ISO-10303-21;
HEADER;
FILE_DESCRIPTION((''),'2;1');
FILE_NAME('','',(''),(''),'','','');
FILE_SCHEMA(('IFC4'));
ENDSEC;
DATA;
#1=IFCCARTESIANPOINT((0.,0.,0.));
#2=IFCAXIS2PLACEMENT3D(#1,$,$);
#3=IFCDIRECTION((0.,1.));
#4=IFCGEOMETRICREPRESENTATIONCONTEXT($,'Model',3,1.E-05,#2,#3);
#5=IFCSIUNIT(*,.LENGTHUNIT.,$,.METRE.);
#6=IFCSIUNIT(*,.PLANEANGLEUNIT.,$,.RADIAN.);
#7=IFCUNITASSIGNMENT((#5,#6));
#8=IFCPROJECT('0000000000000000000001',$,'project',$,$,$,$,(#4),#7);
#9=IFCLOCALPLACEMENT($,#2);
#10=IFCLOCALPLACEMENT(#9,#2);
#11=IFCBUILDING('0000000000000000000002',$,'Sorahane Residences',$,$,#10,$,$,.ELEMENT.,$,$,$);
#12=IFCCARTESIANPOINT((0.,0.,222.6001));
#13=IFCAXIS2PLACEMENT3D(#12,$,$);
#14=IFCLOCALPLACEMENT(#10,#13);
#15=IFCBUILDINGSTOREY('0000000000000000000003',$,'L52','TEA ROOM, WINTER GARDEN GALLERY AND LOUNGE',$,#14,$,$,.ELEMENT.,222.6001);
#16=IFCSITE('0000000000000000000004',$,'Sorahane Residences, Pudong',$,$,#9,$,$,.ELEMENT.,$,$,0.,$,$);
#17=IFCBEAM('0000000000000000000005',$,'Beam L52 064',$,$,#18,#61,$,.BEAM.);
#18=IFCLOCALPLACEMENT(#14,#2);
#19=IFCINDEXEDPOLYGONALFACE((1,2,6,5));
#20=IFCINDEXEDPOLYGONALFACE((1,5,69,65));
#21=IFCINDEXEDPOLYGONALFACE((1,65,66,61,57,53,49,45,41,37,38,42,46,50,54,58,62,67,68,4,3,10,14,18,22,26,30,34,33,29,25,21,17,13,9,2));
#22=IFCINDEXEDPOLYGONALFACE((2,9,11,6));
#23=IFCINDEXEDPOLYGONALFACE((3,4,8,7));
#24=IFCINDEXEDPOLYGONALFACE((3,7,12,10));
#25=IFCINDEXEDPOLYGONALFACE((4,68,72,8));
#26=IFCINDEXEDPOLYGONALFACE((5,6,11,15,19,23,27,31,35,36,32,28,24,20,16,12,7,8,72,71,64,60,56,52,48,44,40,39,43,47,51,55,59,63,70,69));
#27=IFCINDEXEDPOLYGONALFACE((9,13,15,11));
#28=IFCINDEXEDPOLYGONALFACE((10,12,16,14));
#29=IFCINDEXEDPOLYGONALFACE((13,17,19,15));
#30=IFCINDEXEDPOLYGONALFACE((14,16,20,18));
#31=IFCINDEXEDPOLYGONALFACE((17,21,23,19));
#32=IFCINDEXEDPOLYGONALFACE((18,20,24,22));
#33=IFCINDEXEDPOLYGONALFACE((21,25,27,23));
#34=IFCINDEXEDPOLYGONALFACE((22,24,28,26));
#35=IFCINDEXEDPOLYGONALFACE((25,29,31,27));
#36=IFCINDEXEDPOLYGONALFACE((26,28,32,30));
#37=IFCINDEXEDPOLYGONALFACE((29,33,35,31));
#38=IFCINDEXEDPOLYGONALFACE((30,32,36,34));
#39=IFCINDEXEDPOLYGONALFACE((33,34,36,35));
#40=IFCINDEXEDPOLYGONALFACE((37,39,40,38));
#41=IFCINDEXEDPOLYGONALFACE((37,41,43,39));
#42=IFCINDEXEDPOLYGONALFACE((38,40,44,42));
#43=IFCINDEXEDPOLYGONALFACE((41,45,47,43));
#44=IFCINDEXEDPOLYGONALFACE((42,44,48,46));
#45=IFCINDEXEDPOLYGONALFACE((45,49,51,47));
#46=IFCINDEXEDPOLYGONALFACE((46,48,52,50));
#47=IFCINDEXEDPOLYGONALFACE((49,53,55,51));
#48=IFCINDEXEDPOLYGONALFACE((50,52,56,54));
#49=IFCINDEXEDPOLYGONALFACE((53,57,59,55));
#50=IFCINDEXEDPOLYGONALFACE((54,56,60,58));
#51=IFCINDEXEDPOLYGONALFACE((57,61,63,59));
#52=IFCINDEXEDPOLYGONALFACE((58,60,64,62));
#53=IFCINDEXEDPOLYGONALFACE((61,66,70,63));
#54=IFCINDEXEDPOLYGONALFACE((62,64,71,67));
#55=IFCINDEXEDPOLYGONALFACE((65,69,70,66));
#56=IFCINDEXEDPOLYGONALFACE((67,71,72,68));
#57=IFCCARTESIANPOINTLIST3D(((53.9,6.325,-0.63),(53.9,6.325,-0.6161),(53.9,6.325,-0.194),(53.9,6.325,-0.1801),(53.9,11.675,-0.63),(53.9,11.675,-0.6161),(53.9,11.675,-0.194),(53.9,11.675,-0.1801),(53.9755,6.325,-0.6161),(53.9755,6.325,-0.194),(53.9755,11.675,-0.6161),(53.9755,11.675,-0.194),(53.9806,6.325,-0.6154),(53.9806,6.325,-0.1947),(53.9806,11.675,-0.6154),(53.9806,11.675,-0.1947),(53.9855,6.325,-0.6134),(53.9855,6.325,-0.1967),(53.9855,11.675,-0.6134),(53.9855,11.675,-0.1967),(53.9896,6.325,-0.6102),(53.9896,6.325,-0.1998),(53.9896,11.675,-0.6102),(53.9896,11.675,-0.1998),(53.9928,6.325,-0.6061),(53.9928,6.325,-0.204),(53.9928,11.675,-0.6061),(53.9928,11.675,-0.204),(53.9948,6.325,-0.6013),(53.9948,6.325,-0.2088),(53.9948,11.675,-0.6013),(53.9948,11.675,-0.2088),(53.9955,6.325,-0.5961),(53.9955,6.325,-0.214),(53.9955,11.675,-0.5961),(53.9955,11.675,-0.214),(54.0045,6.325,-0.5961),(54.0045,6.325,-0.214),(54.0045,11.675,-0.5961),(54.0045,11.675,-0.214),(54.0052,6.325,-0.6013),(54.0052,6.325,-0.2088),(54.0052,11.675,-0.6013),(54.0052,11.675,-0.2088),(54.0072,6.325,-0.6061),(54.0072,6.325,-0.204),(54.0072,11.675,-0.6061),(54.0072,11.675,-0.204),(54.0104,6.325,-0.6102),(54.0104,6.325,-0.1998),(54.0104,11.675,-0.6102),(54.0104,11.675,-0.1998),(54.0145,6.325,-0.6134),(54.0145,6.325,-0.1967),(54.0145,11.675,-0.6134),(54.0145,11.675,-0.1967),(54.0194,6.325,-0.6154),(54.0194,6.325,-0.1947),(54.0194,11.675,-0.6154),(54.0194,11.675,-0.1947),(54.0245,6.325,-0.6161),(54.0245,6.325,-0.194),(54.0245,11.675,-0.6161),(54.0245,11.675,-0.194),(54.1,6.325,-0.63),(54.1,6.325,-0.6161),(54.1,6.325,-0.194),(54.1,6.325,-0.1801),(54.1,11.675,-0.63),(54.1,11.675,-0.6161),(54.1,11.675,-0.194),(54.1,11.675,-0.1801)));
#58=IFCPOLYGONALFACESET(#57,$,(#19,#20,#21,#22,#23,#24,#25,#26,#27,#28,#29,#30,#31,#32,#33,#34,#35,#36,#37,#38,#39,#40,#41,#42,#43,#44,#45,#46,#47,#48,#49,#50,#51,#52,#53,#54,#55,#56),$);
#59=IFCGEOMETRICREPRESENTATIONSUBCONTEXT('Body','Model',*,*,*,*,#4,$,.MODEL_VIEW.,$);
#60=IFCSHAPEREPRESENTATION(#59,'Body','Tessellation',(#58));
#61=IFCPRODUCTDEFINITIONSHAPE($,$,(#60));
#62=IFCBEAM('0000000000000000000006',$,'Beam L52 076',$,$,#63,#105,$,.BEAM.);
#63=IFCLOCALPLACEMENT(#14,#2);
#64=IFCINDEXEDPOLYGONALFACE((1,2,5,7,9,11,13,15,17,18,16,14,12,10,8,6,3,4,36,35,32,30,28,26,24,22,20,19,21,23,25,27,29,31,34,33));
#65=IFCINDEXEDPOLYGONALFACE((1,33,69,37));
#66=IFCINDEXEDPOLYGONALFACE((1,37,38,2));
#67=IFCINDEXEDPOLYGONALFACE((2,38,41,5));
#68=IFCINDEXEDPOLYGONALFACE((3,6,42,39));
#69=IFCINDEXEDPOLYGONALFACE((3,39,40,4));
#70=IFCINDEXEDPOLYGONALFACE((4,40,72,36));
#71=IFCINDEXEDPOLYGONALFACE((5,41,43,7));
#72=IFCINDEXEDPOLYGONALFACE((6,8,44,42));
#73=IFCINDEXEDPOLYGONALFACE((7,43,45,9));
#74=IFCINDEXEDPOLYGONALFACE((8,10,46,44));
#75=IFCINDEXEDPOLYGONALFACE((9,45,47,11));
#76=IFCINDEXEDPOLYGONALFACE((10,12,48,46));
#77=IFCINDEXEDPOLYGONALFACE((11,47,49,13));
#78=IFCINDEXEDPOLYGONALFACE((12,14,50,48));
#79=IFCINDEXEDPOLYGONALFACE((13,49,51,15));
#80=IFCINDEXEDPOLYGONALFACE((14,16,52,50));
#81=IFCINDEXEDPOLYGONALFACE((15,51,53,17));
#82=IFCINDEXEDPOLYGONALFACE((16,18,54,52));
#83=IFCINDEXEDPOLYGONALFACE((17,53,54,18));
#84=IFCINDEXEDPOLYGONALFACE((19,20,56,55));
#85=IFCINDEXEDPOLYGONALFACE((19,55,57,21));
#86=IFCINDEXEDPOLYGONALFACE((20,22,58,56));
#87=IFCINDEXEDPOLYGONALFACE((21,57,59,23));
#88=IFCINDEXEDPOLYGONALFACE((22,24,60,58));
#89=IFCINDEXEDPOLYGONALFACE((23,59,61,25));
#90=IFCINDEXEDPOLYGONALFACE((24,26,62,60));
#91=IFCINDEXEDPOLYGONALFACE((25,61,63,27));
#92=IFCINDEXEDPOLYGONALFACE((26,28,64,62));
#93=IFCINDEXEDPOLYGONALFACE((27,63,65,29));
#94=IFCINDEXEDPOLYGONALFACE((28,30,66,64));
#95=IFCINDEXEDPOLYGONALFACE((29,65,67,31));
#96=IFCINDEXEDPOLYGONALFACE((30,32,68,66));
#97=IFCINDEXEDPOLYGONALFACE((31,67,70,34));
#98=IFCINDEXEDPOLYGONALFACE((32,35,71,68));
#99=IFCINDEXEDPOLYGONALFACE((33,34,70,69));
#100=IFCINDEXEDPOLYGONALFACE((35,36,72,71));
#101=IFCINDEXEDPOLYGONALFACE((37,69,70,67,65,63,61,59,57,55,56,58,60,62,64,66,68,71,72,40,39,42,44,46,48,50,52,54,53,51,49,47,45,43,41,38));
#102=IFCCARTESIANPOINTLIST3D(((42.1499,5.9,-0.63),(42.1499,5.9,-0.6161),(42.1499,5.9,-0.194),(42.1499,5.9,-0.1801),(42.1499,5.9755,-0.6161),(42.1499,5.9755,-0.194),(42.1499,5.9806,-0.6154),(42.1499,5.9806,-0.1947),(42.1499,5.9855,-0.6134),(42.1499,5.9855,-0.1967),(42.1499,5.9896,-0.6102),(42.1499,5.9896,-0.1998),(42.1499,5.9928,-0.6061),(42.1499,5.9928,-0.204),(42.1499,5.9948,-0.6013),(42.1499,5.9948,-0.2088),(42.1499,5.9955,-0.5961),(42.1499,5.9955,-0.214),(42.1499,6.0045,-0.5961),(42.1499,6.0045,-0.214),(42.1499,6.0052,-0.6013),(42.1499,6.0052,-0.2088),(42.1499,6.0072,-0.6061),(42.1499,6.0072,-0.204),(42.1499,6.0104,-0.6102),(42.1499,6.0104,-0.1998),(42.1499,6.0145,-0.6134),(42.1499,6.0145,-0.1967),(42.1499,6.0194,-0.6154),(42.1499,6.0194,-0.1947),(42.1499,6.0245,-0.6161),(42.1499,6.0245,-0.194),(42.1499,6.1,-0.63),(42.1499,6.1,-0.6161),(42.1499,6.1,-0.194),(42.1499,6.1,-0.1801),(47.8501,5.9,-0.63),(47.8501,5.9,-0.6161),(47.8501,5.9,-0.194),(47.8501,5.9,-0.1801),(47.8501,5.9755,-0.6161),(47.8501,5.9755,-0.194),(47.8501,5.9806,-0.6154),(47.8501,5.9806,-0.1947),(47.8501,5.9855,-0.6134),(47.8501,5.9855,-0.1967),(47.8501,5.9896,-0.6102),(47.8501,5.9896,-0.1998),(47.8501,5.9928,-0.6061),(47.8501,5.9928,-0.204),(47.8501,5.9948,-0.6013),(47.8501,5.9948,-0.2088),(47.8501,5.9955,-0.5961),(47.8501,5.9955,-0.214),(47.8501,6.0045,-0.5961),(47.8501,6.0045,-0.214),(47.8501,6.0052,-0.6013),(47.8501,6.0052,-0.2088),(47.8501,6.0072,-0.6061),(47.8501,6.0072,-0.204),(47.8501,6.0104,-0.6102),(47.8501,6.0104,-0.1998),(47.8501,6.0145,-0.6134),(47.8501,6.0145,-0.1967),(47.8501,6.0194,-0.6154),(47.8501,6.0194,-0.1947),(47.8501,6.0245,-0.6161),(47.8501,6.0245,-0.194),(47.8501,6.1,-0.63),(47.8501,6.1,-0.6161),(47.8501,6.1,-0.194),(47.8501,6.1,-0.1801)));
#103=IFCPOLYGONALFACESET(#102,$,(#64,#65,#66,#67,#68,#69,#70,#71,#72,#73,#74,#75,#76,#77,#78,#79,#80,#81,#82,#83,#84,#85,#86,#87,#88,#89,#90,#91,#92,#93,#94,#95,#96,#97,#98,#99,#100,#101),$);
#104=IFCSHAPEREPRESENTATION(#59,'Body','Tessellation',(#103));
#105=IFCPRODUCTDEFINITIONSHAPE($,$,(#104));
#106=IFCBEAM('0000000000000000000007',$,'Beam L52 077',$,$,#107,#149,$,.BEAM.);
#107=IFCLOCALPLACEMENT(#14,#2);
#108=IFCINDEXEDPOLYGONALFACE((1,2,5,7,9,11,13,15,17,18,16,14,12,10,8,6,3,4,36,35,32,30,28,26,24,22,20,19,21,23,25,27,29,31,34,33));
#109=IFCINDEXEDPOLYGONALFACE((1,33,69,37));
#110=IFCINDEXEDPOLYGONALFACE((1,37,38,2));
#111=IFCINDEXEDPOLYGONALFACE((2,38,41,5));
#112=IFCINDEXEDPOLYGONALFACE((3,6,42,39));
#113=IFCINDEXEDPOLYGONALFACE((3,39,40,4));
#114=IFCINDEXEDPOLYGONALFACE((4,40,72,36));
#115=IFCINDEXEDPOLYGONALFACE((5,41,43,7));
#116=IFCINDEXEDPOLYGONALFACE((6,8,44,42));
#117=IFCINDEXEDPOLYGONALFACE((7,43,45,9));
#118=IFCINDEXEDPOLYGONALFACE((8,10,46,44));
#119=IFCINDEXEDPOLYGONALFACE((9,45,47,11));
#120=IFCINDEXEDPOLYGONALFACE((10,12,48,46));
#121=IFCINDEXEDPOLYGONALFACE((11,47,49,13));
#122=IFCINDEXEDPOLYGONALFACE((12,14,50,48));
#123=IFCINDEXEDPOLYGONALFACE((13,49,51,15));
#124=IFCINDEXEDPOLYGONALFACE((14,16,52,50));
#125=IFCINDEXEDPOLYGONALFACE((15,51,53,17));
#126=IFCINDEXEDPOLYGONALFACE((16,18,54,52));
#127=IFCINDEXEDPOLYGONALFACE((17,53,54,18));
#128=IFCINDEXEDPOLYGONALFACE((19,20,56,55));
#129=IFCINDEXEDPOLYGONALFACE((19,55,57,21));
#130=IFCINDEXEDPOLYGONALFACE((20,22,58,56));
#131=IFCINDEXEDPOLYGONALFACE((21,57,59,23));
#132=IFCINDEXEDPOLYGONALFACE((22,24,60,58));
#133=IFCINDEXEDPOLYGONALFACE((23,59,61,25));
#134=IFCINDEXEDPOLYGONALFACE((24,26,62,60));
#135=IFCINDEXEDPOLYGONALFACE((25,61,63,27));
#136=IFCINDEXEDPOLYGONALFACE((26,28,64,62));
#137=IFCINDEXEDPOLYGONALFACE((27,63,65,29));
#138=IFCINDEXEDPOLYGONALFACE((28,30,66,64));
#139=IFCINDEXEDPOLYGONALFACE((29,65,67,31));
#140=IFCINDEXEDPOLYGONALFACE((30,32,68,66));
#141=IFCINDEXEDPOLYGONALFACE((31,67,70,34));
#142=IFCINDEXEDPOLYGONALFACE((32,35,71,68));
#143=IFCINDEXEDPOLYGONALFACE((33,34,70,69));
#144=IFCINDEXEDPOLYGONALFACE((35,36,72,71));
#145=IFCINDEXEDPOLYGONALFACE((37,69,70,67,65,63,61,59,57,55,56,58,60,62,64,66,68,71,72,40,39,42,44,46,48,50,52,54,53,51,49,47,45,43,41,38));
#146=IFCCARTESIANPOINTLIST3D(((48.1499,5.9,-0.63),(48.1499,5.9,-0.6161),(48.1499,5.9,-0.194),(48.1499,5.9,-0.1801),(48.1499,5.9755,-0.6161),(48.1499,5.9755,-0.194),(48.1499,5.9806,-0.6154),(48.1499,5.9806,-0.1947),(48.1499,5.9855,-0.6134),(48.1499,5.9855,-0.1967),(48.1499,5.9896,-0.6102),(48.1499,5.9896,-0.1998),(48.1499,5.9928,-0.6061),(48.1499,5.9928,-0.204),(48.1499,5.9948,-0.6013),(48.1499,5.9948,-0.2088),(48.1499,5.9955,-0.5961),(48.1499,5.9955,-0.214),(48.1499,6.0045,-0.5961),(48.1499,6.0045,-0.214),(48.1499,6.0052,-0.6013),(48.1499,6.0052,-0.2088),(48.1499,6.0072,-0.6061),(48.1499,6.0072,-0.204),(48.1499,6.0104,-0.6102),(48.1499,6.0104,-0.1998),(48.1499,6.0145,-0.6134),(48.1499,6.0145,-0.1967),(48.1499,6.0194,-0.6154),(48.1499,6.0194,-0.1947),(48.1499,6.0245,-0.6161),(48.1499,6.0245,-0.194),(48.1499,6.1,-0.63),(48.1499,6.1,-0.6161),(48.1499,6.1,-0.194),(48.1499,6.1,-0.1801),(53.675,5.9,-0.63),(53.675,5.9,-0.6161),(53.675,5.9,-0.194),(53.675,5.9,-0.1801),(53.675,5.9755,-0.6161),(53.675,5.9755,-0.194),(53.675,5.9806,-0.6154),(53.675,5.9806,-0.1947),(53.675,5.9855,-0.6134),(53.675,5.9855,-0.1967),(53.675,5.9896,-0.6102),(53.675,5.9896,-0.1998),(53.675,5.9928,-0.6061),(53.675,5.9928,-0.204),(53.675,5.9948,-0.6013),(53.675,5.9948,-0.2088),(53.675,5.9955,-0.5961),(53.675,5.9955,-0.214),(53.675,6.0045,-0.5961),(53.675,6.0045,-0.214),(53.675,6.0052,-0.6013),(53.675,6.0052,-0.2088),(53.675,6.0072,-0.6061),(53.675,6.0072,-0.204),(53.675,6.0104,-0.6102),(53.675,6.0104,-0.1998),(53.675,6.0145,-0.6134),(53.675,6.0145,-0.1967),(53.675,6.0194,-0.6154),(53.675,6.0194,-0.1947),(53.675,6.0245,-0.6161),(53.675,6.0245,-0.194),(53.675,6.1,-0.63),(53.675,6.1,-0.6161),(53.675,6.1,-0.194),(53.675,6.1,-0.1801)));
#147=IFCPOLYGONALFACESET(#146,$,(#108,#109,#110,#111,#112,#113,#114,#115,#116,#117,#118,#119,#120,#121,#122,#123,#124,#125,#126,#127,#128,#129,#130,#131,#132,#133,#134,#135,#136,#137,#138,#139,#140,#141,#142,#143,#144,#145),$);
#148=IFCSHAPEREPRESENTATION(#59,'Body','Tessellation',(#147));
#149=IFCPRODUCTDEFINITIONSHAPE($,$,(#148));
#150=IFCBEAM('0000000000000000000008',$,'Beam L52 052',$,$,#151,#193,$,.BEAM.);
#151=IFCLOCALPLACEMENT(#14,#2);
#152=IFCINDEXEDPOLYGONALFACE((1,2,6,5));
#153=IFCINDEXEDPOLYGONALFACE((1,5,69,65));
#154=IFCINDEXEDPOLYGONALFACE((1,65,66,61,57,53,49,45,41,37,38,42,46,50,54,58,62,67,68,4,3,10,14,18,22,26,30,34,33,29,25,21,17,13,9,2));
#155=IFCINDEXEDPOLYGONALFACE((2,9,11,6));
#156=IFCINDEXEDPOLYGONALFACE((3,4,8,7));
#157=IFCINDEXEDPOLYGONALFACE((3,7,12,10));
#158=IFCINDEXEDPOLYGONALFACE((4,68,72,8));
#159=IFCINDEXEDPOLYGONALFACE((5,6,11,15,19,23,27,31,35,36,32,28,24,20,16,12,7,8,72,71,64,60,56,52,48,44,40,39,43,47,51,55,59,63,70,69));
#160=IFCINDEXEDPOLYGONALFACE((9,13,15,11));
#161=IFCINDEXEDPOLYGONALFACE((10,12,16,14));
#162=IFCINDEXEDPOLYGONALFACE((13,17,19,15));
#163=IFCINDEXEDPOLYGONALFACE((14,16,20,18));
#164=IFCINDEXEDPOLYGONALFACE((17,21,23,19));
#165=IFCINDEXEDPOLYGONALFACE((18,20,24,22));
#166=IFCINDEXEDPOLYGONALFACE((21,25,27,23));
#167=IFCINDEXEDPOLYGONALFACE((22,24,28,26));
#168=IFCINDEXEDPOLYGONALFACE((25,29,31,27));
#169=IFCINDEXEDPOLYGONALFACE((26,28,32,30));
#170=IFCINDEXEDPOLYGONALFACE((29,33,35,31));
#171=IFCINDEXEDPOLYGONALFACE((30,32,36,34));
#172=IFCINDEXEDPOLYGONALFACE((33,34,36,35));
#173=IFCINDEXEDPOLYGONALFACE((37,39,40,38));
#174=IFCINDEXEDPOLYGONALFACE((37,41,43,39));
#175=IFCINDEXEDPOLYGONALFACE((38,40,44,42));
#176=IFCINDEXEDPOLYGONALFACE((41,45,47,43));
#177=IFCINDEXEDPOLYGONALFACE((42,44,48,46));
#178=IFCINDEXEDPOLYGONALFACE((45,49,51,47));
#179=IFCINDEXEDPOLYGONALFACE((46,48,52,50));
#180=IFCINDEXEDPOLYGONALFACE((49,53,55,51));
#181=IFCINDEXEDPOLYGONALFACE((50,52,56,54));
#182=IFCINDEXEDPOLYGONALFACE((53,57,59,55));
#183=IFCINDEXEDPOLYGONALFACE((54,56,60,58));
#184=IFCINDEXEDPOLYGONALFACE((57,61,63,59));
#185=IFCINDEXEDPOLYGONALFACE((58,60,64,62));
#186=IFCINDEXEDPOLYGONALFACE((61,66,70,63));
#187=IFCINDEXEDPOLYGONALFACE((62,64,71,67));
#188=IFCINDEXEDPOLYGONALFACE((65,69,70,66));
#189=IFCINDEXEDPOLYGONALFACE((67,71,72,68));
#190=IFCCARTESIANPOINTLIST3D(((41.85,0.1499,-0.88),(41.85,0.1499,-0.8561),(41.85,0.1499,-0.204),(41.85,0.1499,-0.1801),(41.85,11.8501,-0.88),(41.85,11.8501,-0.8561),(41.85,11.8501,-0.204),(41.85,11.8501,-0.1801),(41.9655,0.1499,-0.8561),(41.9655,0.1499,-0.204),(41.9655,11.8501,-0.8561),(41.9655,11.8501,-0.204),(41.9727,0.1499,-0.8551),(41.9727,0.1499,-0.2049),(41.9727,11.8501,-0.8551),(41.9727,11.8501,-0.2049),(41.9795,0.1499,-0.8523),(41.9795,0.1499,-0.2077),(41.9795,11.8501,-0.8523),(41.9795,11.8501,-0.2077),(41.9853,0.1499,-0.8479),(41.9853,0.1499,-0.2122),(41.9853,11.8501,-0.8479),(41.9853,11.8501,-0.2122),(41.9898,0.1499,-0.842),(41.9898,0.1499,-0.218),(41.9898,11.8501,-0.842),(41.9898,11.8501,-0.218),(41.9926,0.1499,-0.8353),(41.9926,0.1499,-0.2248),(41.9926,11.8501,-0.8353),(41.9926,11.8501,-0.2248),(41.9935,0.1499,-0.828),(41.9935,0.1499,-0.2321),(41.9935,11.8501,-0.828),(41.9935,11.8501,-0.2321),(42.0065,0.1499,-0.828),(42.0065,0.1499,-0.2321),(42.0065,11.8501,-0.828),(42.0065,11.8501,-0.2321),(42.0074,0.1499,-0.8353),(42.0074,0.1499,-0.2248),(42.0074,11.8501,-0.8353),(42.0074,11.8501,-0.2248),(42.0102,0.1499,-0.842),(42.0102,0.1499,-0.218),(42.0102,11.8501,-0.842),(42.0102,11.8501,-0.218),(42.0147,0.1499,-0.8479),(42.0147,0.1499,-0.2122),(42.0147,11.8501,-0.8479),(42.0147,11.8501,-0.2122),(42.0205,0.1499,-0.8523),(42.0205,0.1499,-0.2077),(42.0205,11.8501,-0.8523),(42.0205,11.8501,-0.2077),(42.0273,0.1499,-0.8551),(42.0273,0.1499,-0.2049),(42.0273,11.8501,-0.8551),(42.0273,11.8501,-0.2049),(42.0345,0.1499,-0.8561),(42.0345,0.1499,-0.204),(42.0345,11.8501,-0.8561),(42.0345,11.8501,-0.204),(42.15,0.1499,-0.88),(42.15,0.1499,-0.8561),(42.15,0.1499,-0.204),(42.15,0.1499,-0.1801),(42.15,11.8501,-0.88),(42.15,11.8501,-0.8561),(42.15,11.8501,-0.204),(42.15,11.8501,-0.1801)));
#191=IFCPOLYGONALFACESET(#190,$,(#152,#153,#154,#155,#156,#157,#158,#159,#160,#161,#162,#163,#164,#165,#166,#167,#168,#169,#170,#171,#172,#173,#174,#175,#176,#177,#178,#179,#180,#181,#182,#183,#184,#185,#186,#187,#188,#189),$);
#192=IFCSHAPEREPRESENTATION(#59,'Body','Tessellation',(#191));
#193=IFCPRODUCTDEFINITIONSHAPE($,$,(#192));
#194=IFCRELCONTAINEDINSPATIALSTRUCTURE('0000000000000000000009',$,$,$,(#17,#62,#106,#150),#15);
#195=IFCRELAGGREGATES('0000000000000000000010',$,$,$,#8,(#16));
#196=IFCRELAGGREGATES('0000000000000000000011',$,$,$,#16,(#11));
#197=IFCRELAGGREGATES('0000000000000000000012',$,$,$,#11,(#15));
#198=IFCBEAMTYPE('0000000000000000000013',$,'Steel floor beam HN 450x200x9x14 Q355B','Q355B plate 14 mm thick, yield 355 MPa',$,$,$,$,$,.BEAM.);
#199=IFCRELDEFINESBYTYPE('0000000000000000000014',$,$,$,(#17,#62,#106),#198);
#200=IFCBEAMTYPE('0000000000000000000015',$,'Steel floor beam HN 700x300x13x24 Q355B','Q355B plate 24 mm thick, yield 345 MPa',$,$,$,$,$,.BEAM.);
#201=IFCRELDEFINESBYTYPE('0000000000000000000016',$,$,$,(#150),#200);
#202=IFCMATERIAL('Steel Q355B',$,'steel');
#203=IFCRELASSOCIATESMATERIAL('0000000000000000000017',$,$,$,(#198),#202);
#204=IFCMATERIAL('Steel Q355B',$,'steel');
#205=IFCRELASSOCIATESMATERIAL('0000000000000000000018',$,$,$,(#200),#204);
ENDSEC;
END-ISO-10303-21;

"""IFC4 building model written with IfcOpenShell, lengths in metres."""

from ifc_helpers import new_model, si_unit, direction, frame, origin, origin_2d, place, context, subcontext, project, spatial, i_section, extrude, material, material_profile, profile_set, type_object, element, save


model = new_model("IFC4")

# Units and contexts
model_context = context("Model", 3, precision=1e-05, world=origin(), true_north=direction((0.0, 1.0)))
body_context = subcontext(model_context, "Body", "Model", "MODEL_VIEW")
ifc_project = project(units=[si_unit("LENGTHUNIT", "METRE"), si_unit("PLANEANGLEUNIT", "RADIAN")], contexts=[model_context])

# Site, building, storey
site_placement = place(None, origin())
site = spatial("IfcSite", under=ifc_project, at=site_placement, Name="Sorahane Residences, Pudong", CompositionType="ELEMENT", RefElevation=0.0)
building_placement = place(site_placement, origin())
building = spatial("IfcBuilding", under=site, at=building_placement, Name="Sorahane Residences", CompositionType="ELEMENT")
storey_placement = place(building_placement, frame((0.0, 0.0, 222.6001)))
storey = spatial("IfcBuildingStorey", under=building, at=storey_placement, Name="L52", Description="TEA ROOM, WINTER GARDEN GALLERY AND LOUNGE", CompositionType="ELEMENT", Elevation=222.6001)

# Beams
ifc_material_1 = material(Name="Steel Q355B", Category="steel")
ifc_material_profile_1 = material_profile(ifc_material_1, i_section(OverallWidth=0.2, OverallDepth=0.45, WebThickness=0.009, FlangeThickness=0.0139, FilletRadius=0.02, at=origin_2d()), Name="HN 450x200x9x14")
ifc_profile_set_1 = profile_set([ifc_material_profile_1], Name="Steel Q355B")
beam_type_1 = type_object("IfcBeamType", Name="Steel floor beam HN 450x200x9x14 Q355B", Description="Q355B plate 14 mm thick, yield 355 MPa", PredefinedType="BEAM", material=ifc_profile_set_1)
beam_1_placement = place(storey_placement, frame((54.0, 6.325, -0.405), z_axis=(0.0, 1.0, 0.0), x_axis=(-1.0, 0.0, 0.0)))
element("IfcBeam", 1, at=beam_1_placement, inside=storey, type_object=beam_type_1, Name="Beam L52 064", PredefinedType="BEAM", context=body_context, shape_type="SweptSolid", body=[
    extrude(i_section(OverallWidth=0.2, OverallDepth=0.45, WebThickness=0.009, FlangeThickness=0.0139, FilletRadius=0.02, at=origin_2d()), origin(), (0.0, 0.0, 1.0), 5.3501),
])
beam_2_placement = place(storey_placement, frame((42.1499, 6.0, -0.405), z_axis=(1.0, 0.0, 0.0), x_axis=(0.0, 1.0, 0.0)))
element("IfcBeam", 2, at=beam_2_placement, inside=storey, type_object=beam_type_1, Name="Beam L52 076", PredefinedType="BEAM", context=body_context, shape_type="SweptSolid", body=[
    extrude(i_section(OverallWidth=0.2, OverallDepth=0.45, WebThickness=0.009, FlangeThickness=0.0139, FilletRadius=0.02, at=origin_2d()), origin(), (0.0, 0.0, 1.0), 5.7002),
])
beam_3_placement = place(storey_placement, frame((48.1499, 6.0, -0.405), z_axis=(1.0, 0.0, 0.0), x_axis=(0.0, 1.0, 0.0)))
element("IfcBeam", 3, at=beam_3_placement, inside=storey, type_object=beam_type_1, Name="Beam L52 077", PredefinedType="BEAM", context=body_context, shape_type="SweptSolid", body=[
    extrude(i_section(OverallWidth=0.2, OverallDepth=0.45, WebThickness=0.009, FlangeThickness=0.0139, FilletRadius=0.02, at=origin_2d()), origin(), (0.0, 0.0, 1.0), 5.5251),
])
ifc_material_2 = material(Name="Steel Q355B", Category="steel")
ifc_material_profile_2 = material_profile(ifc_material_2, i_section(OverallWidth=0.3, OverallDepth=0.7, WebThickness=0.0129, FlangeThickness=0.0239, FilletRadius=0.0281, at=origin_2d()), Name="HN 700x300x13x24")
ifc_profile_set_2 = profile_set([ifc_material_profile_2], Name="Steel Q355B")
beam_type_2 = type_object("IfcBeamType", Name="Steel floor beam HN 700x300x13x24 Q355B", Description="Q355B plate 24 mm thick, yield 345 MPa", PredefinedType="BEAM", material=ifc_profile_set_2)
beam_4_placement = place(storey_placement, frame((42.0, 0.1499, -0.53), z_axis=(0.0, 1.0, 0.0), x_axis=(-1.0, 0.0, 0.0)))
element("IfcBeam", 4, at=beam_4_placement, inside=storey, type_object=beam_type_2, Name="Beam L52 052", PredefinedType="BEAM", context=body_context, shape_type="SweptSolid", body=[
    extrude(i_section(OverallWidth=0.3, OverallDepth=0.7, WebThickness=0.0129, FlangeThickness=0.0239, FilletRadius=0.0281, at=origin_2d()), origin(), (0.0, 0.0, 1.0), 11.7002),
])

save(model, "model.ifc")
